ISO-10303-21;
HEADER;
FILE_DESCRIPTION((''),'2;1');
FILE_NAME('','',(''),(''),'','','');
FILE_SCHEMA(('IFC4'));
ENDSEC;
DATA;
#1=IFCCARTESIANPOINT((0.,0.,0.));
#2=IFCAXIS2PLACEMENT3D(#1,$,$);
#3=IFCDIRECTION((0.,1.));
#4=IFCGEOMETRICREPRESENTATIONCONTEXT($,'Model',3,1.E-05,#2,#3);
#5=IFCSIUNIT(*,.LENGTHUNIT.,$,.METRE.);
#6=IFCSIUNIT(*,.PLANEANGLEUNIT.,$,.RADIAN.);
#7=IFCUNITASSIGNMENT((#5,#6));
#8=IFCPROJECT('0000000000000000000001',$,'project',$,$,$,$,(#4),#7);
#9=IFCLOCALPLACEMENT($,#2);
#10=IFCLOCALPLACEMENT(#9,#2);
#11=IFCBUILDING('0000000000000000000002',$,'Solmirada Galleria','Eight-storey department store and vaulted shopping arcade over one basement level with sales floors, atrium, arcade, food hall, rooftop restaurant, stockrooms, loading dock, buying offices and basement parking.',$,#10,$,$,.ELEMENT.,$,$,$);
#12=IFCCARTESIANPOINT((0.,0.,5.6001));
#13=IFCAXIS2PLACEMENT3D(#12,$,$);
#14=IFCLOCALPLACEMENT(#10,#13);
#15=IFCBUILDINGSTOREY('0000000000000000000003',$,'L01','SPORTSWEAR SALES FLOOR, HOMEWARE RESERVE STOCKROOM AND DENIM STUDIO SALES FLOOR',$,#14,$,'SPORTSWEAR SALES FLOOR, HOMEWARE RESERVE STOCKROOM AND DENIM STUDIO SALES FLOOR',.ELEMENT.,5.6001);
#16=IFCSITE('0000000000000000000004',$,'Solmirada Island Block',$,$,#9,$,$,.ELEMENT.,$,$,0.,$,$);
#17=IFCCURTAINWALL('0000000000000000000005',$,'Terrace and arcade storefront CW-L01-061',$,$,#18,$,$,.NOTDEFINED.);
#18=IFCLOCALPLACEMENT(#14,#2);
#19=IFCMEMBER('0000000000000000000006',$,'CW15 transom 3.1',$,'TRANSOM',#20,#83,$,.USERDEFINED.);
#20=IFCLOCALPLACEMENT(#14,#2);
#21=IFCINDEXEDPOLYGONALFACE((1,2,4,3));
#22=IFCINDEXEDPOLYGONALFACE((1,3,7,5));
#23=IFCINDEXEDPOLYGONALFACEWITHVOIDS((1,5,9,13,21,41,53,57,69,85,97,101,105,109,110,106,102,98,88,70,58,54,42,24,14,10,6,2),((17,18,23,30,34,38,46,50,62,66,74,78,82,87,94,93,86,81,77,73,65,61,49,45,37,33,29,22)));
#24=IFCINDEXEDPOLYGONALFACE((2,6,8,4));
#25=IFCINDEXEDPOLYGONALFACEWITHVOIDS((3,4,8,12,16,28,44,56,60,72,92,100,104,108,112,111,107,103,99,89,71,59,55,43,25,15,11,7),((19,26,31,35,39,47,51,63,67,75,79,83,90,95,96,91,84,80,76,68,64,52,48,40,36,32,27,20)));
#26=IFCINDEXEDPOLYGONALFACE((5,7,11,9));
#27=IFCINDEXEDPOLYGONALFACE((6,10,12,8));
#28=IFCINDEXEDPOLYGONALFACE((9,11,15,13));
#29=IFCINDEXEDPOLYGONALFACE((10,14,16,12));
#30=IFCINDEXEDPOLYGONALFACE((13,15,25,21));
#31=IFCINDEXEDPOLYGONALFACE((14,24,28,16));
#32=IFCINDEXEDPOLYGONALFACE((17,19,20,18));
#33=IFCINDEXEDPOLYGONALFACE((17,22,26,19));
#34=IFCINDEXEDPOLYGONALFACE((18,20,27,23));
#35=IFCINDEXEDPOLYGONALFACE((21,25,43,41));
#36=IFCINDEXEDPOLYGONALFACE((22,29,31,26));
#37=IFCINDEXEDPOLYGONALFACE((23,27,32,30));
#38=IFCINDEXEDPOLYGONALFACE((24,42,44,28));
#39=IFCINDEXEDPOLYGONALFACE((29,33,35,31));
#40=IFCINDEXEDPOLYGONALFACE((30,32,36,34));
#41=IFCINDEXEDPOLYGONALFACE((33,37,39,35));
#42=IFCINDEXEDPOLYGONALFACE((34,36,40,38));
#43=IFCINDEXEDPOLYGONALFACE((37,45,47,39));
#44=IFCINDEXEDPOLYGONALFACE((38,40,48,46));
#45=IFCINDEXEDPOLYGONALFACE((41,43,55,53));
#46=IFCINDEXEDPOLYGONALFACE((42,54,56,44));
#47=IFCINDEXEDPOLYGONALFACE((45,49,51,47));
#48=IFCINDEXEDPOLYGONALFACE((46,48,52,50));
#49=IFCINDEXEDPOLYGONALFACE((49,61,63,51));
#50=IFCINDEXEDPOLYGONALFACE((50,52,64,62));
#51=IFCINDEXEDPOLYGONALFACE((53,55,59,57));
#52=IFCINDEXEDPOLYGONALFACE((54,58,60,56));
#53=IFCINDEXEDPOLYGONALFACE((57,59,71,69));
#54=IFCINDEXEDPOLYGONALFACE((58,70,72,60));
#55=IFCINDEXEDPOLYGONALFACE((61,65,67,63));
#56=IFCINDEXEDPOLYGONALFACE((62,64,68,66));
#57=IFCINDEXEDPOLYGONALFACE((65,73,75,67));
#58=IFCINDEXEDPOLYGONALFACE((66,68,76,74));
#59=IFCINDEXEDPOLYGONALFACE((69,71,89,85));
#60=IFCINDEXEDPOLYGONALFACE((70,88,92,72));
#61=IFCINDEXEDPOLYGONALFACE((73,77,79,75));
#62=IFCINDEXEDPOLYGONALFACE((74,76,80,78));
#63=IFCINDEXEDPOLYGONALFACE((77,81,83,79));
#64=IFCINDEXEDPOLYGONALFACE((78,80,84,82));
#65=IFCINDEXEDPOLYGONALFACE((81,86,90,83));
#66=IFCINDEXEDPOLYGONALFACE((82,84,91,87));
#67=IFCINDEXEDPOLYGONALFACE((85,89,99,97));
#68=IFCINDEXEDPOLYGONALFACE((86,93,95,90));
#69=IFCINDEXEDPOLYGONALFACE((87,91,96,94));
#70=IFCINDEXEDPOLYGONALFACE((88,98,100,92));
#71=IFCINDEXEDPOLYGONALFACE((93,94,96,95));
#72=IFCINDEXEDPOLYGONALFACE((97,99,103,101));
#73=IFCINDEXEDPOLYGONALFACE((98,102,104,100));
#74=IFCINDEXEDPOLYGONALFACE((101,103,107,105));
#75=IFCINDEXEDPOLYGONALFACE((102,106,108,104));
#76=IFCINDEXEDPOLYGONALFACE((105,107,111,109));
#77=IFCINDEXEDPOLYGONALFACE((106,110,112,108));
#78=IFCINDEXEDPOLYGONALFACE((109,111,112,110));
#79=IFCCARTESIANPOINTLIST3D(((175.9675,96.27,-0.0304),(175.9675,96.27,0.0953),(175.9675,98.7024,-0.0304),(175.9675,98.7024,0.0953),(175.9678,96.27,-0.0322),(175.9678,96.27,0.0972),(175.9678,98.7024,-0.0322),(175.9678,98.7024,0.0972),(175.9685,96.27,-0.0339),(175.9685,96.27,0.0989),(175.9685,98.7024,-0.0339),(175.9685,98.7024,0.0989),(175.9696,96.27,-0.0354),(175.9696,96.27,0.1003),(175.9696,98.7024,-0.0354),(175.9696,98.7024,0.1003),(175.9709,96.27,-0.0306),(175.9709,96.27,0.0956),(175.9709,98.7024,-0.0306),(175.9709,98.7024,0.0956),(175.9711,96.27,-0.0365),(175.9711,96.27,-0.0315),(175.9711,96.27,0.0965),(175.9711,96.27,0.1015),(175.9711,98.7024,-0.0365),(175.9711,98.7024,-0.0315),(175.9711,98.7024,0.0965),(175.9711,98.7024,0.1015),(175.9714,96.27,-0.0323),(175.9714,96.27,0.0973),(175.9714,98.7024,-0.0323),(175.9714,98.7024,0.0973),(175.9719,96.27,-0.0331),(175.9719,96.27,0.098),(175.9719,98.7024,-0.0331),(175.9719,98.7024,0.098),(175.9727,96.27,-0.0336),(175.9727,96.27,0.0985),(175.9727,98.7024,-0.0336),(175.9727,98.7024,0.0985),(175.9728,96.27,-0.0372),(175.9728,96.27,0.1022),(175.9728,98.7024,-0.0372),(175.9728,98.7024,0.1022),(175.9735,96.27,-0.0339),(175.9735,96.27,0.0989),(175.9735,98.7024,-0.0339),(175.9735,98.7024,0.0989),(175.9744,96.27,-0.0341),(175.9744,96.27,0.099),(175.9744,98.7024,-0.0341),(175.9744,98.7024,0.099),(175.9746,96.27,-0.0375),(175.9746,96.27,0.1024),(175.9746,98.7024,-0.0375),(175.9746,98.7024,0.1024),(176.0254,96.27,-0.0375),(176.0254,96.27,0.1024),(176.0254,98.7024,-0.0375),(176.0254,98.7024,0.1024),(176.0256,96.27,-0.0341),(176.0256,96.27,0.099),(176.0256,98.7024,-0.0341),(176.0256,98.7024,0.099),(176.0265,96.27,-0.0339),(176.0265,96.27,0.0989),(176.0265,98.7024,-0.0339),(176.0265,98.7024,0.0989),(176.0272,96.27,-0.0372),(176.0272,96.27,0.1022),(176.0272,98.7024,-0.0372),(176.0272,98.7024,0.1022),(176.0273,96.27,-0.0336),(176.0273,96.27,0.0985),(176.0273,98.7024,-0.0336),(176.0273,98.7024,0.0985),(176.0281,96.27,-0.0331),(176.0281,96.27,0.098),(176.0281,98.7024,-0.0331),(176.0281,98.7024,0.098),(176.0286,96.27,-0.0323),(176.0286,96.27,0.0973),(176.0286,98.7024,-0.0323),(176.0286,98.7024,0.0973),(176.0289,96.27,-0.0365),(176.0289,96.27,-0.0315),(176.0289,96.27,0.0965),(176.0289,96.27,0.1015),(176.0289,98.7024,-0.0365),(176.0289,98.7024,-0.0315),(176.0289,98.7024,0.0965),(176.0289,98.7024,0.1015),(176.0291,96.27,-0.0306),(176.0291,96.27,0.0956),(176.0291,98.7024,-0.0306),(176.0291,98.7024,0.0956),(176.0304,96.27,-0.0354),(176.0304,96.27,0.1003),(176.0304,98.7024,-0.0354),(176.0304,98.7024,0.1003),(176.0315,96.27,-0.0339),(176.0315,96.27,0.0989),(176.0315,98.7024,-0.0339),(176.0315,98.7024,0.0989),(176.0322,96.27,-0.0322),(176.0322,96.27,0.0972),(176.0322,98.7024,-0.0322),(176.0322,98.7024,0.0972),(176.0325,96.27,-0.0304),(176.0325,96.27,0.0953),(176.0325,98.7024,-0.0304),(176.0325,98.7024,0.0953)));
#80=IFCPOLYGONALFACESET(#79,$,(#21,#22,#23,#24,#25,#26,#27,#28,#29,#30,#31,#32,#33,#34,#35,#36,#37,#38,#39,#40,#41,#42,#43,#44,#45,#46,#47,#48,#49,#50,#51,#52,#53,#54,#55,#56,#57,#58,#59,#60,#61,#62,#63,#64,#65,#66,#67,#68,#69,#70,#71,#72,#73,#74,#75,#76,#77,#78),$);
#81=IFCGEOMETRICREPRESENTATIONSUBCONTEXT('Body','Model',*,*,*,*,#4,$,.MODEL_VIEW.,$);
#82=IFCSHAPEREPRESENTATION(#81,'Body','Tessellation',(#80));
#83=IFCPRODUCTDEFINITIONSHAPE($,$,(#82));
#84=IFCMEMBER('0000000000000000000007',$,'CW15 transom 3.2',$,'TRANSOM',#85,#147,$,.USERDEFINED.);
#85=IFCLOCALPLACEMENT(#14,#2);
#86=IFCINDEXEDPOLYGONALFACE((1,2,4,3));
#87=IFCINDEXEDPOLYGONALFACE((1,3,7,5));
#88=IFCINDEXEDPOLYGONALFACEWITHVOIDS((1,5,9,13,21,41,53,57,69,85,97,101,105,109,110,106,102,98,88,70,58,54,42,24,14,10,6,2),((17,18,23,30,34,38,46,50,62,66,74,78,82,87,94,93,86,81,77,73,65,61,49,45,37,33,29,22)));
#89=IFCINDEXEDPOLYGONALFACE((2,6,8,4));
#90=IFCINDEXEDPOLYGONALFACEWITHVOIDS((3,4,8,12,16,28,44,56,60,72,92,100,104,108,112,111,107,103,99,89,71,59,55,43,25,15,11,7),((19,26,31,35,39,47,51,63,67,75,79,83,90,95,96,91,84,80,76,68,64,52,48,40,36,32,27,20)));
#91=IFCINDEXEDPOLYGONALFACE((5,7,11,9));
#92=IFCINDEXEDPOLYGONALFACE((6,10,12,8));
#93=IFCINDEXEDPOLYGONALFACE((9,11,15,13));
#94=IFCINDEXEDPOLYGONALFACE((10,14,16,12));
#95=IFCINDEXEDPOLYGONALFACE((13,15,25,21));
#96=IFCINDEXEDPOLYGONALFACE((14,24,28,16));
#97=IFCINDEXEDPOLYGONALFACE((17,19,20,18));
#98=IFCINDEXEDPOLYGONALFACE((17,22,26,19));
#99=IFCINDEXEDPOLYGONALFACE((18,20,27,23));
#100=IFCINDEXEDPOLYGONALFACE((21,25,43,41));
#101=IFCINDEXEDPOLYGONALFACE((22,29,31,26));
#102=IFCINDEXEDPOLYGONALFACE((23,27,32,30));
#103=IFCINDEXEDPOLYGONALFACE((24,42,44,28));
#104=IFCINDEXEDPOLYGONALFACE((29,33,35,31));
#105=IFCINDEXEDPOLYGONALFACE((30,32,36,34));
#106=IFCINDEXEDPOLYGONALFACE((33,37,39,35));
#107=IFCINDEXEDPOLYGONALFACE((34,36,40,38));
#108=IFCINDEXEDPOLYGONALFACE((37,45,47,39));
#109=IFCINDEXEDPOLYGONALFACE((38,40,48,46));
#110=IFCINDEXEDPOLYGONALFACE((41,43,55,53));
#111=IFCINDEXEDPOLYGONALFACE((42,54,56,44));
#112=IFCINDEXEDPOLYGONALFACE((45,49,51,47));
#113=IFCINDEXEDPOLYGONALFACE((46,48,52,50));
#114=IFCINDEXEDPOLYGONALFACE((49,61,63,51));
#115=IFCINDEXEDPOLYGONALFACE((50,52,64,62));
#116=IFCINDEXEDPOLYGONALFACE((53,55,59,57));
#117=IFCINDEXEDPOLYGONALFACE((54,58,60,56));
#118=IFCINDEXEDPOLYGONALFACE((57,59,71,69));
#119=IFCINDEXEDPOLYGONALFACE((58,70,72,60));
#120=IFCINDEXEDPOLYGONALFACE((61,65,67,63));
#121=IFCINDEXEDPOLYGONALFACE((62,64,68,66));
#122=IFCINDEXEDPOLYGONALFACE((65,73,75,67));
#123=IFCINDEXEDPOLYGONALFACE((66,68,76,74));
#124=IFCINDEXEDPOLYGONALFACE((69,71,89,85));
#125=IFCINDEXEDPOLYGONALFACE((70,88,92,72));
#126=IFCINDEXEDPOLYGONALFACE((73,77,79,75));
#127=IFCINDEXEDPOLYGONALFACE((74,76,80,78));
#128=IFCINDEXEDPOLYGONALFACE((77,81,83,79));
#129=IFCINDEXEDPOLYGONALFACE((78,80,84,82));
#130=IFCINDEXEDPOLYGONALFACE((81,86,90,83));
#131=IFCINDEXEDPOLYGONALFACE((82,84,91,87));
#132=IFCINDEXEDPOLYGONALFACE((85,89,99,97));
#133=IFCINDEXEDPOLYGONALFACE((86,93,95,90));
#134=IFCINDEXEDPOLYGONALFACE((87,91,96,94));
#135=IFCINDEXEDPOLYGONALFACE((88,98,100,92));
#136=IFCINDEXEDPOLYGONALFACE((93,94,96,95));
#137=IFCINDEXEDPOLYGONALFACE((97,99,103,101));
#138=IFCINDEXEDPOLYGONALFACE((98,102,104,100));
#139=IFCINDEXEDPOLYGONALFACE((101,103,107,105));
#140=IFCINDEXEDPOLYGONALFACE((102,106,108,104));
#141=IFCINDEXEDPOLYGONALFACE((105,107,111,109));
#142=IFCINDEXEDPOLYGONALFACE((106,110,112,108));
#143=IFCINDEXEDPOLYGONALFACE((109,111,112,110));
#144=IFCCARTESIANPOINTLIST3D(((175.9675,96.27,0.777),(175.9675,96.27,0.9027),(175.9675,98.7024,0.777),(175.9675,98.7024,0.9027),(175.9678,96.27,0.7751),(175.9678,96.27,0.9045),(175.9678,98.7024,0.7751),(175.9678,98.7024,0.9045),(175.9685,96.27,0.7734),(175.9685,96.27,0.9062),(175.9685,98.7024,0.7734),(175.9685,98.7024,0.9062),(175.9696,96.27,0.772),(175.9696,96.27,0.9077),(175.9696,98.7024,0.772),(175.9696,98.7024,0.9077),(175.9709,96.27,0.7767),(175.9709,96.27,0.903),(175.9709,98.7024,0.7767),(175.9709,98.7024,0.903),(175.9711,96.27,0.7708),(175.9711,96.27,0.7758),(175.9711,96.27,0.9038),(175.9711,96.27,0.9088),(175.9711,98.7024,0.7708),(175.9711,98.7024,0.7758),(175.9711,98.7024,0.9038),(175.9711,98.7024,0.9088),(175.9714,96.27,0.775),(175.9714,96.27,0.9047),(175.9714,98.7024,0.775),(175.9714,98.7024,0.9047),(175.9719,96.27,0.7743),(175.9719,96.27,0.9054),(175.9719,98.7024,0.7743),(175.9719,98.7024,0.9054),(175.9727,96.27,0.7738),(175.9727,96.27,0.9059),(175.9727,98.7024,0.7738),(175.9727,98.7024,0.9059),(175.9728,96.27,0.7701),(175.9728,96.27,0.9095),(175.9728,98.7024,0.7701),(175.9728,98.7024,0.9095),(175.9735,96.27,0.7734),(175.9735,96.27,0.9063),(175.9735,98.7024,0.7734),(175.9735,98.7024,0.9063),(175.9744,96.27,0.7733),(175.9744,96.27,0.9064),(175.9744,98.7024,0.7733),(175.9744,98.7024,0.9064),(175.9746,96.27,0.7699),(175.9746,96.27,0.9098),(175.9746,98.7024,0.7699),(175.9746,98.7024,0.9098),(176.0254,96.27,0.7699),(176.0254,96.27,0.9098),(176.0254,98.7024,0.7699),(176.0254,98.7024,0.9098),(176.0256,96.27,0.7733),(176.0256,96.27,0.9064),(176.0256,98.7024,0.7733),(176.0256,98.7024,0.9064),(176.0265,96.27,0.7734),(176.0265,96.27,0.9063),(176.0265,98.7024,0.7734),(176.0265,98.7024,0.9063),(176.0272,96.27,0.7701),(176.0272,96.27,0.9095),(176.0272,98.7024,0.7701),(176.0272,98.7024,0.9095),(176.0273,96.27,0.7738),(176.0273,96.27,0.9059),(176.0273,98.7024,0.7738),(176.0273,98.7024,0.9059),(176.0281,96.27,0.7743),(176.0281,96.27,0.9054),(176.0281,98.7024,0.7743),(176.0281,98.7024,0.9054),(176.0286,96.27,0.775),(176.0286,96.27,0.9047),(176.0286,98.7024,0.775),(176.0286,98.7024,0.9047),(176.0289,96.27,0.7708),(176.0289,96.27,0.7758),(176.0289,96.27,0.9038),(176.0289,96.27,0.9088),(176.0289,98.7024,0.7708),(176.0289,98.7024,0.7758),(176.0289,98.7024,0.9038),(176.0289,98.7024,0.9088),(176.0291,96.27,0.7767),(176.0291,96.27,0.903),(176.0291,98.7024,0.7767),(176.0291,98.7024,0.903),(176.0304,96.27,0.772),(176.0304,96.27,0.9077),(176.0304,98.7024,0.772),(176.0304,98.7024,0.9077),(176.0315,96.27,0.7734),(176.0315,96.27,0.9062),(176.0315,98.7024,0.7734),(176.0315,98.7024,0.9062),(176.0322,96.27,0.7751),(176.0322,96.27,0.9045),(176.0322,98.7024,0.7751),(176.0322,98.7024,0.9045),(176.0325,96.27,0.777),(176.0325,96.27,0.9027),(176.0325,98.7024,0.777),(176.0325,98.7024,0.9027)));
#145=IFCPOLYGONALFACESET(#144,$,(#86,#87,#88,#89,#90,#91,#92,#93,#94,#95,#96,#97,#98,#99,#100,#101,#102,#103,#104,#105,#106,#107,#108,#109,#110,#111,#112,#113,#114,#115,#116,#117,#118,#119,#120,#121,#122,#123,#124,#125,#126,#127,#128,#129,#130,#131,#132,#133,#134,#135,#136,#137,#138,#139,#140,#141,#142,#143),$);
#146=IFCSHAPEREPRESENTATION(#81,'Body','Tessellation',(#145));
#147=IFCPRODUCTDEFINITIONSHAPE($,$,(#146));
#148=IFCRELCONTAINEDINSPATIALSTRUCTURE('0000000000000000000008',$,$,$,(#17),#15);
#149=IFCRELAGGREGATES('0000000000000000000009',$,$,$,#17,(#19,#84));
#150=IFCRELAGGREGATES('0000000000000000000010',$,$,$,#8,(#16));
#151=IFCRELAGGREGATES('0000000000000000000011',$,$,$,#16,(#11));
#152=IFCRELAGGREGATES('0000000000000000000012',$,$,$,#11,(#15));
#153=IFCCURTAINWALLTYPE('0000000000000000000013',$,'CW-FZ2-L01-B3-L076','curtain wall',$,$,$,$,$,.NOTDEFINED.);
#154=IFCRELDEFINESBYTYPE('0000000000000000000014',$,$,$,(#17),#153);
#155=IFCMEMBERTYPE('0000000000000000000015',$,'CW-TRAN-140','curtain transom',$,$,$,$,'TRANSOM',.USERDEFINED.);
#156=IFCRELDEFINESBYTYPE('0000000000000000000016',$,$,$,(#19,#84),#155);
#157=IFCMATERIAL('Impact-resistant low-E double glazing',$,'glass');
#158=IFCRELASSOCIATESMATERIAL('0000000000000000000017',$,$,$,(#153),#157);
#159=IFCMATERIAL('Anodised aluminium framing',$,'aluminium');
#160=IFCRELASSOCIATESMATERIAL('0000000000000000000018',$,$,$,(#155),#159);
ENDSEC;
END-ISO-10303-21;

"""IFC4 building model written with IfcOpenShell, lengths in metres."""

from ifc_helpers import new_model, si_unit, direction, frame, origin, origin_2d, place, context, subcontext, project, spatial, hollow_rectangle, extrude, material, material_profile, profile_set, type_object, element, aggregate, save


model = new_model("IFC4")

# Units and contexts
model_context = context("Model", 3, precision=1e-05, world=origin(), true_north=direction((0.0, 1.0)))
body_context = subcontext(model_context, "Body", "Model", "MODEL_VIEW")
ifc_project = project(units=[si_unit("LENGTHUNIT", "METRE"), si_unit("PLANEANGLEUNIT", "RADIAN")], contexts=[model_context])

# Site, building, storey
site_placement = place(None, origin())
site = spatial("IfcSite", under=ifc_project, at=site_placement, Name="Solmirada Island Block", CompositionType="ELEMENT", RefElevation=0.0)
building_placement = place(site_placement, origin())
building = spatial("IfcBuilding", under=site, at=building_placement, Name="Solmirada Galleria", Description="Eight-storey department store and vaulted shopping arcade over one basement level with sales floors, atrium, arcade, food hall, rooftop restaurant, stockrooms, loading dock, buying offices and basement parking.", CompositionType="ELEMENT")
storey_placement = place(building_placement, frame((0.0, 0.0, 5.6001)))
storey = spatial("IfcBuildingStorey", under=building, at=storey_placement, Name="L01", Description="SPORTSWEAR SALES FLOOR, HOMEWARE RESERVE STOCKROOM AND DENIM STUDIO SALES FLOOR", LongName="SPORTSWEAR SALES FLOOR, HOMEWARE RESERVE STOCKROOM AND DENIM STUDIO SALES FLOOR", CompositionType="ELEMENT", Elevation=5.6001)

# Curtain wall, members
ifc_material_1 = material(Name="Impact-resistant low-E double glazing", Category="glass")
curtain_wall_type = type_object("IfcCurtainWallType", Name="CW-FZ2-L01-B3-L076", Description="curtain wall", PredefinedType="NOTDEFINED", material=ifc_material_1)
curtain_wall_placement = place(storey_placement, origin())
curtain_wall = element("IfcCurtainWall", 1, at=curtain_wall_placement, inside=storey, type_object=curtain_wall_type, Name="Terrace and arcade storefront CW-L01-061", PredefinedType="NOTDEFINED")
ifc_material_2 = material(Name="Anodised aluminium framing", Category="aluminium")
ifc_material_profile_1 = material_profile(ifc_material_2, hollow_rectangle(XDim=0.0649, YDim=0.1399, WallThickness=0.0034, InnerFilletRadius=0.0034, OuterFilletRadius=0.0071, at=origin_2d()), Name="ALU-TRAN-140X65")
ifc_profile_set_1 = profile_set([ifc_material_profile_1], Name="Anodised aluminium framing")
member_type_1 = type_object("IfcMemberType", Name="CW-TRAN-140", Description="curtain transom", ElementType="TRANSOM", PredefinedType="USERDEFINED", material=ifc_profile_set_1)
member_1_placement = place(storey_placement, frame((176.0, 98.7024, 0.0325), z_axis=(0.0, -1.0, 0.0), x_axis=(1.0, 0.0, 0.0)))
member_1 = element("IfcMember", 2, at=member_1_placement, type_object=member_type_1, Name="CW15 transom 3.1", ObjectType="TRANSOM", PredefinedType="USERDEFINED", context=body_context, shape_type="SweptSolid", body=[
    extrude(hollow_rectangle(XDim=0.0649, YDim=0.1399, WallThickness=0.0034, InnerFilletRadius=0.0034, OuterFilletRadius=0.0071, at=origin_2d()), origin(), (0.0, 0.0, 1.0), 2.4324),
])
member_2_placement = place(storey_placement, frame((176.0, 98.7024, 0.8398), z_axis=(0.0, -1.0, 0.0), x_axis=(1.0, 0.0, 0.0)))
member_2 = element("IfcMember", 3, at=member_2_placement, type_object=member_type_1, Name="CW15 transom 3.2", ObjectType="TRANSOM", PredefinedType="USERDEFINED", context=body_context, shape_type="SweptSolid", body=[
    extrude(hollow_rectangle(XDim=0.0649, YDim=0.1399, WallThickness=0.0034, InnerFilletRadius=0.0034, OuterFilletRadius=0.0071, at=origin_2d()), origin(), (0.0, 0.0, 1.0), 2.4324),
])
aggregate(curtain_wall, [member_1, member_2])

save(model, "model.ifc")
